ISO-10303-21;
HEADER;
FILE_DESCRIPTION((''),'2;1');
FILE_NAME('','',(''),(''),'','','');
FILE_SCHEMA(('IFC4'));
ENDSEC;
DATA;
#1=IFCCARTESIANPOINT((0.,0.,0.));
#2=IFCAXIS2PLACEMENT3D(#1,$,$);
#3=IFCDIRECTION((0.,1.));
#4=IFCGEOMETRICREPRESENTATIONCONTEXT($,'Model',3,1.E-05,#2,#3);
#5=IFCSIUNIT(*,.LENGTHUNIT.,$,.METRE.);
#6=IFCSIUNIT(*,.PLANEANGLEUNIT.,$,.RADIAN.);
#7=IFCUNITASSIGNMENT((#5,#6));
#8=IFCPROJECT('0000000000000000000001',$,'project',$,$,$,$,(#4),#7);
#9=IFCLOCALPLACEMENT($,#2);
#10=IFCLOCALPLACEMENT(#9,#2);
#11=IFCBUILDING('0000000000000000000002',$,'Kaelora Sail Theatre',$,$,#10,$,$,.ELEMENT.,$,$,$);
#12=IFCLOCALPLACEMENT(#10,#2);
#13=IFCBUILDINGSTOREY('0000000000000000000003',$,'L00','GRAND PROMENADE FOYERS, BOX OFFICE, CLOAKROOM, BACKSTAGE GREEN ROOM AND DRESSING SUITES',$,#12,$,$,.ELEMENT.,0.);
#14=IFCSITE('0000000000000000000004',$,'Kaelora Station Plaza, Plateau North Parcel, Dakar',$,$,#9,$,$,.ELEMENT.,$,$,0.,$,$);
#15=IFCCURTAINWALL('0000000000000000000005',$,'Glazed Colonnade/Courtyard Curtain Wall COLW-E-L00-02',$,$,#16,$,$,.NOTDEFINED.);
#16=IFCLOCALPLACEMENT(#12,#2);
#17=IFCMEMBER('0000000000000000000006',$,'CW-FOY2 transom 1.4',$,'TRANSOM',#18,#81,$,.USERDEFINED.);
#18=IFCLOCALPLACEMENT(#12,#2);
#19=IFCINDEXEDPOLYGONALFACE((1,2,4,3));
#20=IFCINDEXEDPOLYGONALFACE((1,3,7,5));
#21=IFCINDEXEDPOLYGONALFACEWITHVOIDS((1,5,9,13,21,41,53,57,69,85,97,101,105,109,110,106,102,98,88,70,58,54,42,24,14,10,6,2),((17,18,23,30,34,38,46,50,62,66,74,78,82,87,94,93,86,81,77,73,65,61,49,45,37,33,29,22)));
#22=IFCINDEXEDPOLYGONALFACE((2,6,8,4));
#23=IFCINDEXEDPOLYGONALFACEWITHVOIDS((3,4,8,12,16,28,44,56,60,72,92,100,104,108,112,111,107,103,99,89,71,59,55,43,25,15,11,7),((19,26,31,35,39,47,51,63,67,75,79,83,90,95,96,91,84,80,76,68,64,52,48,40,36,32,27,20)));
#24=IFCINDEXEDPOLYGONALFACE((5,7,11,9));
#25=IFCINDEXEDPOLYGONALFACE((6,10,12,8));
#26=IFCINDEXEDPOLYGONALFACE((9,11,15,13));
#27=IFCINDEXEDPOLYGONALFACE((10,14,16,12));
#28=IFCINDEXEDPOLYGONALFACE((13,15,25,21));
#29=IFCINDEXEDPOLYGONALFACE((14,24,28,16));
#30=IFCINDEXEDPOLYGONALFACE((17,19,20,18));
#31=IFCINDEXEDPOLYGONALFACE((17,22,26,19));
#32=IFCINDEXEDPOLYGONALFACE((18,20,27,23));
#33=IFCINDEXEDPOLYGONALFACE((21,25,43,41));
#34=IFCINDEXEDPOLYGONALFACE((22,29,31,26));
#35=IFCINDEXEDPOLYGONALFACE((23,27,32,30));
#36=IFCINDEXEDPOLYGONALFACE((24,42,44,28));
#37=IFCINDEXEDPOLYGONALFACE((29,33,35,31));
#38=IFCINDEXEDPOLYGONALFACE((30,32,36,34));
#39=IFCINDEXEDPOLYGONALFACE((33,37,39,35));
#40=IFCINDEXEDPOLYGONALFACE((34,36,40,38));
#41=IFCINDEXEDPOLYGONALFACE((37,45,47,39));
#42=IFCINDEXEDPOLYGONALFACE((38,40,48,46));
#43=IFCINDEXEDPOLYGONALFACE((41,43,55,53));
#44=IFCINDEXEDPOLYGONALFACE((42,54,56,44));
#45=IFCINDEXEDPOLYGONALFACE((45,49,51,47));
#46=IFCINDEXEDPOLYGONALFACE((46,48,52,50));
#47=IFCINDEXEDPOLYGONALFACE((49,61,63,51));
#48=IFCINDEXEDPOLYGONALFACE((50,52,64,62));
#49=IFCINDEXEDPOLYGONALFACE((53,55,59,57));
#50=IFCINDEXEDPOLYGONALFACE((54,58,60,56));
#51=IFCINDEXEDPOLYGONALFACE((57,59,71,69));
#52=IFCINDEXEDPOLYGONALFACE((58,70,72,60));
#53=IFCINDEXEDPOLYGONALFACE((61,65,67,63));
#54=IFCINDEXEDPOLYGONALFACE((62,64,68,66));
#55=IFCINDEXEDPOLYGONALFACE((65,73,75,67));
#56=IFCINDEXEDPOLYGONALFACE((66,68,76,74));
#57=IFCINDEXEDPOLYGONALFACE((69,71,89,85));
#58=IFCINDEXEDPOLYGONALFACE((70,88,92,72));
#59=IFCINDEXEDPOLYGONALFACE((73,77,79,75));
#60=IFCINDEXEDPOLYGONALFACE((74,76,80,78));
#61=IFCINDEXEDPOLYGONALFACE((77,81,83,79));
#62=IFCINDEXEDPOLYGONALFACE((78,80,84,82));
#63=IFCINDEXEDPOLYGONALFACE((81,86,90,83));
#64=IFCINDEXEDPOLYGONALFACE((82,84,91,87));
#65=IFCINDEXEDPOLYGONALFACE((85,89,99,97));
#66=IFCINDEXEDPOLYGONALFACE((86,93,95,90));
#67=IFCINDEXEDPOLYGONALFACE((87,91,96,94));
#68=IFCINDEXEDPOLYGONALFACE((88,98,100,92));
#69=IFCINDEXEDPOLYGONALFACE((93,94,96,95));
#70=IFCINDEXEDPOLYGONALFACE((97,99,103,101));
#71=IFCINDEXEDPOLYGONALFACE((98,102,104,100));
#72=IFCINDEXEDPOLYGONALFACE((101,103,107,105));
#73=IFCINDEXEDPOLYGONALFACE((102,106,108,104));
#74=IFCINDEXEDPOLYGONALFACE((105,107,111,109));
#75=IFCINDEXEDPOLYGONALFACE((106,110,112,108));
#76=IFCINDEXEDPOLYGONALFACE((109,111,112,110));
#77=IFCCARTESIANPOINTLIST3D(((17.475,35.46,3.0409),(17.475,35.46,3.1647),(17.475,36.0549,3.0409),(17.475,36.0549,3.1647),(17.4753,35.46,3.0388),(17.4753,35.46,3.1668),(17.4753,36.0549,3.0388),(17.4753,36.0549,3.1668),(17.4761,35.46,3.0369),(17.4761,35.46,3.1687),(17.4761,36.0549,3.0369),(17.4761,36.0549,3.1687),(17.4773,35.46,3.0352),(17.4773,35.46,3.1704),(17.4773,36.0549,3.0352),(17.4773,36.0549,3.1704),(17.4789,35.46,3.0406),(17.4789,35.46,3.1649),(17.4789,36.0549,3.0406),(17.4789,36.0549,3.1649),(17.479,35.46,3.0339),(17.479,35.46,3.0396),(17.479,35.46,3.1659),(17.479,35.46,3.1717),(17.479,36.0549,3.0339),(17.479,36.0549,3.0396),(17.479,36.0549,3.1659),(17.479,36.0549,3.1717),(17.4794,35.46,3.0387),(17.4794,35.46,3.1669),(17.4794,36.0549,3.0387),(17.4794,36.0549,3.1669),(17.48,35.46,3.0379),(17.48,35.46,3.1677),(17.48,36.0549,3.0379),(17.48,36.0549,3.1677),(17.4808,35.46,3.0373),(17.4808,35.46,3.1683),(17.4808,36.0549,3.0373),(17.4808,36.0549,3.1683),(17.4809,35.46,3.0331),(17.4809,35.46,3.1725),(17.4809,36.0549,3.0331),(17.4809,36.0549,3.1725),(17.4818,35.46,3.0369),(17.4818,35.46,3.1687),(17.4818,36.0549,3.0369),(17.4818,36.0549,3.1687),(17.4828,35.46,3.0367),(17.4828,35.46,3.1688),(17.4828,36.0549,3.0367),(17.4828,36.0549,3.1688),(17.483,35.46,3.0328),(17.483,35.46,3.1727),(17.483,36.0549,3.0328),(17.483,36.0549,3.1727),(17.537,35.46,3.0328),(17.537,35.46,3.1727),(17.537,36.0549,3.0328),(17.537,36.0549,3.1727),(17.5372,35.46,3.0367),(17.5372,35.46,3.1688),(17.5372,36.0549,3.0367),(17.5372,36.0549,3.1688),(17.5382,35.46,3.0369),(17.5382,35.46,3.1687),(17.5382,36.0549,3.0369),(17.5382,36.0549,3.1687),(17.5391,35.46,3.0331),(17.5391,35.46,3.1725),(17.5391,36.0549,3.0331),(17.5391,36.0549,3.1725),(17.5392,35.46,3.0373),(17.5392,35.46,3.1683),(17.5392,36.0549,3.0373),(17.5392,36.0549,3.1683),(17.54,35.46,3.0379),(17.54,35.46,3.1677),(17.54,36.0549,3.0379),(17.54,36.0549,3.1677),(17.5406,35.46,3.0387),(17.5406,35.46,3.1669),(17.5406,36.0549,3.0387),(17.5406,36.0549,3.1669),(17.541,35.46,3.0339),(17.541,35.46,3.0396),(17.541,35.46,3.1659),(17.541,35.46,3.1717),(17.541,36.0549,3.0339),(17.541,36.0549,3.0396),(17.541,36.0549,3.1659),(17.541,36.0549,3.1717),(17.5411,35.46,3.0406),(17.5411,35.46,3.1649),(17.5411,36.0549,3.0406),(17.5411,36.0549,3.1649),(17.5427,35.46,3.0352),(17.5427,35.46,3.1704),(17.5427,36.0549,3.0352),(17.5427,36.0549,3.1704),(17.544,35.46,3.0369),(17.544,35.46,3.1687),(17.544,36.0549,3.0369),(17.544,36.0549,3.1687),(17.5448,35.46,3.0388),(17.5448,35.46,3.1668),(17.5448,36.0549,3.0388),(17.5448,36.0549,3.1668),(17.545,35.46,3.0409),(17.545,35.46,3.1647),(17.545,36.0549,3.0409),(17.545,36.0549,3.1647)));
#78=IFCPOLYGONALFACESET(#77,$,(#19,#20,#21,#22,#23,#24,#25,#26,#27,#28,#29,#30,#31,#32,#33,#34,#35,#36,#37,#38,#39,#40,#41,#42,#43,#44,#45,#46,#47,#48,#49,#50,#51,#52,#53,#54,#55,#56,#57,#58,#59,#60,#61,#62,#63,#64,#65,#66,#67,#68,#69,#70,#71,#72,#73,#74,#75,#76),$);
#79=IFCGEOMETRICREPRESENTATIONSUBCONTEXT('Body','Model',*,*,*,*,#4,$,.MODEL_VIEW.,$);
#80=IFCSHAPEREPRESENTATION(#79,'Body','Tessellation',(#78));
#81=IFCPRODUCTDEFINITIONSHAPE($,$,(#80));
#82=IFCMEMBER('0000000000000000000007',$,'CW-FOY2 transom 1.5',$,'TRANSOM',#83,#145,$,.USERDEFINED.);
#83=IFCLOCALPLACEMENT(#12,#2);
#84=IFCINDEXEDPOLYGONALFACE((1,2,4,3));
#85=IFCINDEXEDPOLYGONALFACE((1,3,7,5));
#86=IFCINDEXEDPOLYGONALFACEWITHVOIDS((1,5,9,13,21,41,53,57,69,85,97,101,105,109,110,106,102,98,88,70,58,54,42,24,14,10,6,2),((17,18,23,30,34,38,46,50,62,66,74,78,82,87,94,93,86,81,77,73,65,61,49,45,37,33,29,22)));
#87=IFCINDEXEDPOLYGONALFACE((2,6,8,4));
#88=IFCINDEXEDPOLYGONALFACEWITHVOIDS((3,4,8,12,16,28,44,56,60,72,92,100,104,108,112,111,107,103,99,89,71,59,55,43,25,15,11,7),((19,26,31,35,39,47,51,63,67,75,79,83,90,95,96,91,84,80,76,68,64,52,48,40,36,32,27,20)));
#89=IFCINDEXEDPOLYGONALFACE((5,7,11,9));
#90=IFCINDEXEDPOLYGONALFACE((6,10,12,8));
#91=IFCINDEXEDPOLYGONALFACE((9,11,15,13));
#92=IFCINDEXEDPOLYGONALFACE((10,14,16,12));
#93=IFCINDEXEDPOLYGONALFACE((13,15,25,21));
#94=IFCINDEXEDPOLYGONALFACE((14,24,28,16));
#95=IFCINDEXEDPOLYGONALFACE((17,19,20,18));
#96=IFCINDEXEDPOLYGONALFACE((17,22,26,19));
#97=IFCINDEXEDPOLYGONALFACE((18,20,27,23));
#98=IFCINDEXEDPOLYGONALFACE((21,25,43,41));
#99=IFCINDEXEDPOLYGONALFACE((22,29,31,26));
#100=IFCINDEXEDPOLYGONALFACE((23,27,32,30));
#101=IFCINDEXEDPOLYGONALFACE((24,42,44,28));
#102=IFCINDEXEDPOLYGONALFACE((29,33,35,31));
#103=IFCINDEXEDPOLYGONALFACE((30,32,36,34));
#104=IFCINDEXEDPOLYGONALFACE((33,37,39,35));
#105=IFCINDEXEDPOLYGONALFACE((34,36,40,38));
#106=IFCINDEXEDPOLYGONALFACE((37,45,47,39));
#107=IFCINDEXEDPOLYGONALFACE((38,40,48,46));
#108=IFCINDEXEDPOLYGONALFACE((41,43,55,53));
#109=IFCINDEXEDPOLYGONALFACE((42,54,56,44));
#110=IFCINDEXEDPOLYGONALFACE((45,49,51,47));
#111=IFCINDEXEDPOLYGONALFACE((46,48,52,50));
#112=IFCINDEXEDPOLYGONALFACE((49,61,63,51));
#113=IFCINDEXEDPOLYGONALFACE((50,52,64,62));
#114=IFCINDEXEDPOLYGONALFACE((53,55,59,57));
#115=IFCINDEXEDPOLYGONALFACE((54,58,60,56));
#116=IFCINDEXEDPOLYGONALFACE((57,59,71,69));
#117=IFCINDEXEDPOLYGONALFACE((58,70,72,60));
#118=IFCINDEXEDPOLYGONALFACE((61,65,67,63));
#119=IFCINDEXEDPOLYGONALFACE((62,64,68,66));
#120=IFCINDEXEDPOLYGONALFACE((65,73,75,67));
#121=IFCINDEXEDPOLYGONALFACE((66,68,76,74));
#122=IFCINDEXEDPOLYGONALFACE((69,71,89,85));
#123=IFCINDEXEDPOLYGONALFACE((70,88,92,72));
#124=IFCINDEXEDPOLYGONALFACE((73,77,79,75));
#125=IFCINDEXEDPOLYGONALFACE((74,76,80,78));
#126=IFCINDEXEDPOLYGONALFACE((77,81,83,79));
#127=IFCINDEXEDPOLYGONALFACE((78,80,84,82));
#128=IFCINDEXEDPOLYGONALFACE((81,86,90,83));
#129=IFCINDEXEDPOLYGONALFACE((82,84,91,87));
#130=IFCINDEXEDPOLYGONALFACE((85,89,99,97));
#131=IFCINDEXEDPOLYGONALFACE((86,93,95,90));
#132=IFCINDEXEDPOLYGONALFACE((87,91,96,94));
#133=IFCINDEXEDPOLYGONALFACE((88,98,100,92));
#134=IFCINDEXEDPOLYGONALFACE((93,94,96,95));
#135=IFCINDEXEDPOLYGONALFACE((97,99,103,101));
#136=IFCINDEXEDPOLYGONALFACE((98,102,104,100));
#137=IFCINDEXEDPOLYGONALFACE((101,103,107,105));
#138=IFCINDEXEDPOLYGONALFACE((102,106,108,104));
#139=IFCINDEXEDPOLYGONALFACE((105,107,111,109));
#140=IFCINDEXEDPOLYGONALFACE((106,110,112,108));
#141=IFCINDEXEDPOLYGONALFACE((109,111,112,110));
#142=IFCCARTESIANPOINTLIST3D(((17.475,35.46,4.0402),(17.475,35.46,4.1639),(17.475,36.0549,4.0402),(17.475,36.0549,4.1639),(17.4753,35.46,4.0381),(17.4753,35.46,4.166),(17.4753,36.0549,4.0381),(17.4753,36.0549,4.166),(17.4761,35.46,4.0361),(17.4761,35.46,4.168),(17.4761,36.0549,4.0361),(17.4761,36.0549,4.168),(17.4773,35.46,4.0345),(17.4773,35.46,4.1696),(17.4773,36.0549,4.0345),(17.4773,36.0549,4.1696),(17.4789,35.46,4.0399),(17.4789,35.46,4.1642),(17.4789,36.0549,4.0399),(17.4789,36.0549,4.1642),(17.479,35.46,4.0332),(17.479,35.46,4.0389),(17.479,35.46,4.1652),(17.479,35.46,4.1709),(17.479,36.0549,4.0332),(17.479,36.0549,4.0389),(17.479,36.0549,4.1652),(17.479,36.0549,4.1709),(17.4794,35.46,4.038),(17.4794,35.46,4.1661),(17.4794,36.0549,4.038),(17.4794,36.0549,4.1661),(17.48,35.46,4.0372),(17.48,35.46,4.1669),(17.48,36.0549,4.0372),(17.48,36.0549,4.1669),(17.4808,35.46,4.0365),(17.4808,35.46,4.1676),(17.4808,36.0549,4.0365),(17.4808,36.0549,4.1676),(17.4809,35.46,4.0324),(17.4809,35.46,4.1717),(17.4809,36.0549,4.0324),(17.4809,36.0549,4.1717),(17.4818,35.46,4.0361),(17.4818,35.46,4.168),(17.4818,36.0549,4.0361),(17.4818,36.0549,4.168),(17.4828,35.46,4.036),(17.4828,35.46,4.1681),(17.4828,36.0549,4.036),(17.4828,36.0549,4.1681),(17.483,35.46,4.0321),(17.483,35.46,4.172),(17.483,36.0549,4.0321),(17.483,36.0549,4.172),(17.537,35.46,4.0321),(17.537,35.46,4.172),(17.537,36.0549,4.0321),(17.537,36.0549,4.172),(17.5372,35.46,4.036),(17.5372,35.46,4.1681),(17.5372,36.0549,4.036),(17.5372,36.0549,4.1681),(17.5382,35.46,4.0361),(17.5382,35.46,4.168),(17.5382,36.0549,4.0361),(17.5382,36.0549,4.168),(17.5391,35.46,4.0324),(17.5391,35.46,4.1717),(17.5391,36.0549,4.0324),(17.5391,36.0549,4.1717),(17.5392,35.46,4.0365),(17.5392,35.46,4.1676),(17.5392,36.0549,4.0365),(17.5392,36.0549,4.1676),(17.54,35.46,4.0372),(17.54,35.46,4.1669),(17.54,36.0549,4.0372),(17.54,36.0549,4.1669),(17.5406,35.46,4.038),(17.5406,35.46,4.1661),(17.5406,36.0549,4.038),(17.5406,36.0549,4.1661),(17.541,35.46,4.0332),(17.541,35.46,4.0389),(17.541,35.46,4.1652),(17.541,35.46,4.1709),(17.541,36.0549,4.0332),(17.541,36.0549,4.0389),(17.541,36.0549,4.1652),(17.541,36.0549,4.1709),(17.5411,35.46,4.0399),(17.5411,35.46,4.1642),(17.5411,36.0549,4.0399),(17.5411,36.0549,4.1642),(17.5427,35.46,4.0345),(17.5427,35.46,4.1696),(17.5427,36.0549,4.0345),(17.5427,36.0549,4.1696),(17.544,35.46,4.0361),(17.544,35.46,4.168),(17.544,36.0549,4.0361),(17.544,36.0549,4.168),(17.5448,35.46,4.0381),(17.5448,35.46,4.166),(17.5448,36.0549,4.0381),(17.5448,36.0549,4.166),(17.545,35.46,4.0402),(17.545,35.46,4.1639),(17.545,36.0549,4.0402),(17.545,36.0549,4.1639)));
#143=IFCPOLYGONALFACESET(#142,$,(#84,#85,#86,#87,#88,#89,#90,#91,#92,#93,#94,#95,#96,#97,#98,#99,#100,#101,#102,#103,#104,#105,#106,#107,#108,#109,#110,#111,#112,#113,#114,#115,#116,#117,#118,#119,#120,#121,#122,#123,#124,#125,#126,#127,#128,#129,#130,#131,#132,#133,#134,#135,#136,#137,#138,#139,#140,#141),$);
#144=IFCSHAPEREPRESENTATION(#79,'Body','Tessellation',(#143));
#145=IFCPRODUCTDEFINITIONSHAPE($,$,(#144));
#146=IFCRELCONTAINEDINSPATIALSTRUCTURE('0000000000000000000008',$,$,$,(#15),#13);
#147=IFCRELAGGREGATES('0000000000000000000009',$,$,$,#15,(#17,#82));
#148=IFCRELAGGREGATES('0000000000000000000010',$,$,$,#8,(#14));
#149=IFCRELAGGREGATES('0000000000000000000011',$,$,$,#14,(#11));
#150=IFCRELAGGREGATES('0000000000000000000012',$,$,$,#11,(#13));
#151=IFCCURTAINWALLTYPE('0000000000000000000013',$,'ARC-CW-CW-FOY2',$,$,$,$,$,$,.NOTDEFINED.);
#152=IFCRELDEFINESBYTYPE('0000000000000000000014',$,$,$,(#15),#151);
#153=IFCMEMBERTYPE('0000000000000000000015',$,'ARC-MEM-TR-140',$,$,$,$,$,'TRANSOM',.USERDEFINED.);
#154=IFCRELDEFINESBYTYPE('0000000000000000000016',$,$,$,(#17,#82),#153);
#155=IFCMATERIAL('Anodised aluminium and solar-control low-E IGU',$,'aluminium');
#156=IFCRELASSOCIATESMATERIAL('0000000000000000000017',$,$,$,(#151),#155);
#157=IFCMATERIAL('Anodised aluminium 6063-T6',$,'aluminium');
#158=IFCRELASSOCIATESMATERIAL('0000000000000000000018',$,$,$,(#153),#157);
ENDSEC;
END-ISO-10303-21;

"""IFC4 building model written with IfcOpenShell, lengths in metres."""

from ifc_helpers import new_model, si_unit, direction, frame, origin, origin_2d, place, context, subcontext, project, spatial, hollow_rectangle, extrude, material, material_profile, profile_set, type_object, element, aggregate, save


model = new_model("IFC4")

# Units and contexts
model_context = context("Model", 3, precision=1e-05, world=origin(), true_north=direction((0.0, 1.0)))
body_context = subcontext(model_context, "Body", "Model", "MODEL_VIEW")
ifc_project = project(units=[si_unit("LENGTHUNIT", "METRE"), si_unit("PLANEANGLEUNIT", "RADIAN")], contexts=[model_context])

# Site, building, storey
site_placement = place(None, origin())
site = spatial("IfcSite", under=ifc_project, at=site_placement, Name="Kaelora Station Plaza, Plateau North Parcel, Dakar", CompositionType="ELEMENT", RefElevation=0.0)
building_placement = place(site_placement, origin())
building = spatial("IfcBuilding", under=site, at=building_placement, Name="Kaelora Sail Theatre", CompositionType="ELEMENT")
storey_placement = place(building_placement, origin())
storey = spatial("IfcBuildingStorey", under=building, at=storey_placement, Name="L00", Description="GRAND PROMENADE FOYERS, BOX OFFICE, CLOAKROOM, BACKSTAGE GREEN ROOM AND DRESSING SUITES", CompositionType="ELEMENT", Elevation=0.0)

# Curtain wall, members
ifc_material_1 = material(Name="Anodised aluminium and solar-control low-E IGU", Category="aluminium")
curtain_wall_type = type_object("IfcCurtainWallType", Name="ARC-CW-CW-FOY2", PredefinedType="NOTDEFINED", material=ifc_material_1)
ifc_material_2 = material(Name="Anodised aluminium 6063-T6", Category="aluminium")
ifc_material_profile = material_profile(ifc_material_2, hollow_rectangle(XDim=0.0701, YDim=0.1399, WallThickness=0.0039, InnerFilletRadius=0.0039, OuterFilletRadius=0.0081, at=origin_2d()), Name="ALU-TRAN 70x140x4")
ifc_profile_set = profile_set([ifc_material_profile], Name="Anodised aluminium 6063-T6")
member_type = type_object("IfcMemberType", Name="ARC-MEM-TR-140", ElementType="TRANSOM", PredefinedType="USERDEFINED", material=ifc_profile_set)
curtain_wall_1_placement = place(storey_placement, origin())
curtain_wall_1 = element("IfcCurtainWall", 1, at=curtain_wall_1_placement, inside=storey, type_object=curtain_wall_type, Name="Glazed Colonnade/Courtyard Curtain Wall COLW-E-L00-02", PredefinedType="NOTDEFINED")
member_1_placement = place(storey_placement, frame((17.51, 35.46, 3.1028), z_axis=(0.0, 1.0, 0.0), x_axis=(-1.0, 0.0, 0.0)))
member_1 = element("IfcMember", 2, at=member_1_placement, type_object=member_type, Name="CW-FOY2 transom 1.4", ObjectType="TRANSOM", PredefinedType="USERDEFINED", context=body_context, shape_type="SweptSolid", body=[
    extrude(hollow_rectangle(XDim=0.0701, YDim=0.1399, WallThickness=0.0039, InnerFilletRadius=0.0039, OuterFilletRadius=0.0081, at=origin_2d()), origin(), (0.0, 0.0, 1.0), 0.595),
])
member_2_placement = place(storey_placement, frame((17.51, 35.46, 4.1021), z_axis=(0.0, 1.0, 0.0), x_axis=(-1.0, 0.0, 0.0)))
member_2 = element("IfcMember", 3, at=member_2_placement, type_object=member_type, Name="CW-FOY2 transom 1.5", ObjectType="TRANSOM", PredefinedType="USERDEFINED", context=body_context, shape_type="SweptSolid", body=[
    extrude(hollow_rectangle(XDim=0.0701, YDim=0.1399, WallThickness=0.0039, InnerFilletRadius=0.0039, OuterFilletRadius=0.0081, at=origin_2d()), origin(), (0.0, 0.0, 1.0), 0.595),
])

aggregate(curtain_wall_1, [member_1, member_2])

save(model, "model.ifc")
